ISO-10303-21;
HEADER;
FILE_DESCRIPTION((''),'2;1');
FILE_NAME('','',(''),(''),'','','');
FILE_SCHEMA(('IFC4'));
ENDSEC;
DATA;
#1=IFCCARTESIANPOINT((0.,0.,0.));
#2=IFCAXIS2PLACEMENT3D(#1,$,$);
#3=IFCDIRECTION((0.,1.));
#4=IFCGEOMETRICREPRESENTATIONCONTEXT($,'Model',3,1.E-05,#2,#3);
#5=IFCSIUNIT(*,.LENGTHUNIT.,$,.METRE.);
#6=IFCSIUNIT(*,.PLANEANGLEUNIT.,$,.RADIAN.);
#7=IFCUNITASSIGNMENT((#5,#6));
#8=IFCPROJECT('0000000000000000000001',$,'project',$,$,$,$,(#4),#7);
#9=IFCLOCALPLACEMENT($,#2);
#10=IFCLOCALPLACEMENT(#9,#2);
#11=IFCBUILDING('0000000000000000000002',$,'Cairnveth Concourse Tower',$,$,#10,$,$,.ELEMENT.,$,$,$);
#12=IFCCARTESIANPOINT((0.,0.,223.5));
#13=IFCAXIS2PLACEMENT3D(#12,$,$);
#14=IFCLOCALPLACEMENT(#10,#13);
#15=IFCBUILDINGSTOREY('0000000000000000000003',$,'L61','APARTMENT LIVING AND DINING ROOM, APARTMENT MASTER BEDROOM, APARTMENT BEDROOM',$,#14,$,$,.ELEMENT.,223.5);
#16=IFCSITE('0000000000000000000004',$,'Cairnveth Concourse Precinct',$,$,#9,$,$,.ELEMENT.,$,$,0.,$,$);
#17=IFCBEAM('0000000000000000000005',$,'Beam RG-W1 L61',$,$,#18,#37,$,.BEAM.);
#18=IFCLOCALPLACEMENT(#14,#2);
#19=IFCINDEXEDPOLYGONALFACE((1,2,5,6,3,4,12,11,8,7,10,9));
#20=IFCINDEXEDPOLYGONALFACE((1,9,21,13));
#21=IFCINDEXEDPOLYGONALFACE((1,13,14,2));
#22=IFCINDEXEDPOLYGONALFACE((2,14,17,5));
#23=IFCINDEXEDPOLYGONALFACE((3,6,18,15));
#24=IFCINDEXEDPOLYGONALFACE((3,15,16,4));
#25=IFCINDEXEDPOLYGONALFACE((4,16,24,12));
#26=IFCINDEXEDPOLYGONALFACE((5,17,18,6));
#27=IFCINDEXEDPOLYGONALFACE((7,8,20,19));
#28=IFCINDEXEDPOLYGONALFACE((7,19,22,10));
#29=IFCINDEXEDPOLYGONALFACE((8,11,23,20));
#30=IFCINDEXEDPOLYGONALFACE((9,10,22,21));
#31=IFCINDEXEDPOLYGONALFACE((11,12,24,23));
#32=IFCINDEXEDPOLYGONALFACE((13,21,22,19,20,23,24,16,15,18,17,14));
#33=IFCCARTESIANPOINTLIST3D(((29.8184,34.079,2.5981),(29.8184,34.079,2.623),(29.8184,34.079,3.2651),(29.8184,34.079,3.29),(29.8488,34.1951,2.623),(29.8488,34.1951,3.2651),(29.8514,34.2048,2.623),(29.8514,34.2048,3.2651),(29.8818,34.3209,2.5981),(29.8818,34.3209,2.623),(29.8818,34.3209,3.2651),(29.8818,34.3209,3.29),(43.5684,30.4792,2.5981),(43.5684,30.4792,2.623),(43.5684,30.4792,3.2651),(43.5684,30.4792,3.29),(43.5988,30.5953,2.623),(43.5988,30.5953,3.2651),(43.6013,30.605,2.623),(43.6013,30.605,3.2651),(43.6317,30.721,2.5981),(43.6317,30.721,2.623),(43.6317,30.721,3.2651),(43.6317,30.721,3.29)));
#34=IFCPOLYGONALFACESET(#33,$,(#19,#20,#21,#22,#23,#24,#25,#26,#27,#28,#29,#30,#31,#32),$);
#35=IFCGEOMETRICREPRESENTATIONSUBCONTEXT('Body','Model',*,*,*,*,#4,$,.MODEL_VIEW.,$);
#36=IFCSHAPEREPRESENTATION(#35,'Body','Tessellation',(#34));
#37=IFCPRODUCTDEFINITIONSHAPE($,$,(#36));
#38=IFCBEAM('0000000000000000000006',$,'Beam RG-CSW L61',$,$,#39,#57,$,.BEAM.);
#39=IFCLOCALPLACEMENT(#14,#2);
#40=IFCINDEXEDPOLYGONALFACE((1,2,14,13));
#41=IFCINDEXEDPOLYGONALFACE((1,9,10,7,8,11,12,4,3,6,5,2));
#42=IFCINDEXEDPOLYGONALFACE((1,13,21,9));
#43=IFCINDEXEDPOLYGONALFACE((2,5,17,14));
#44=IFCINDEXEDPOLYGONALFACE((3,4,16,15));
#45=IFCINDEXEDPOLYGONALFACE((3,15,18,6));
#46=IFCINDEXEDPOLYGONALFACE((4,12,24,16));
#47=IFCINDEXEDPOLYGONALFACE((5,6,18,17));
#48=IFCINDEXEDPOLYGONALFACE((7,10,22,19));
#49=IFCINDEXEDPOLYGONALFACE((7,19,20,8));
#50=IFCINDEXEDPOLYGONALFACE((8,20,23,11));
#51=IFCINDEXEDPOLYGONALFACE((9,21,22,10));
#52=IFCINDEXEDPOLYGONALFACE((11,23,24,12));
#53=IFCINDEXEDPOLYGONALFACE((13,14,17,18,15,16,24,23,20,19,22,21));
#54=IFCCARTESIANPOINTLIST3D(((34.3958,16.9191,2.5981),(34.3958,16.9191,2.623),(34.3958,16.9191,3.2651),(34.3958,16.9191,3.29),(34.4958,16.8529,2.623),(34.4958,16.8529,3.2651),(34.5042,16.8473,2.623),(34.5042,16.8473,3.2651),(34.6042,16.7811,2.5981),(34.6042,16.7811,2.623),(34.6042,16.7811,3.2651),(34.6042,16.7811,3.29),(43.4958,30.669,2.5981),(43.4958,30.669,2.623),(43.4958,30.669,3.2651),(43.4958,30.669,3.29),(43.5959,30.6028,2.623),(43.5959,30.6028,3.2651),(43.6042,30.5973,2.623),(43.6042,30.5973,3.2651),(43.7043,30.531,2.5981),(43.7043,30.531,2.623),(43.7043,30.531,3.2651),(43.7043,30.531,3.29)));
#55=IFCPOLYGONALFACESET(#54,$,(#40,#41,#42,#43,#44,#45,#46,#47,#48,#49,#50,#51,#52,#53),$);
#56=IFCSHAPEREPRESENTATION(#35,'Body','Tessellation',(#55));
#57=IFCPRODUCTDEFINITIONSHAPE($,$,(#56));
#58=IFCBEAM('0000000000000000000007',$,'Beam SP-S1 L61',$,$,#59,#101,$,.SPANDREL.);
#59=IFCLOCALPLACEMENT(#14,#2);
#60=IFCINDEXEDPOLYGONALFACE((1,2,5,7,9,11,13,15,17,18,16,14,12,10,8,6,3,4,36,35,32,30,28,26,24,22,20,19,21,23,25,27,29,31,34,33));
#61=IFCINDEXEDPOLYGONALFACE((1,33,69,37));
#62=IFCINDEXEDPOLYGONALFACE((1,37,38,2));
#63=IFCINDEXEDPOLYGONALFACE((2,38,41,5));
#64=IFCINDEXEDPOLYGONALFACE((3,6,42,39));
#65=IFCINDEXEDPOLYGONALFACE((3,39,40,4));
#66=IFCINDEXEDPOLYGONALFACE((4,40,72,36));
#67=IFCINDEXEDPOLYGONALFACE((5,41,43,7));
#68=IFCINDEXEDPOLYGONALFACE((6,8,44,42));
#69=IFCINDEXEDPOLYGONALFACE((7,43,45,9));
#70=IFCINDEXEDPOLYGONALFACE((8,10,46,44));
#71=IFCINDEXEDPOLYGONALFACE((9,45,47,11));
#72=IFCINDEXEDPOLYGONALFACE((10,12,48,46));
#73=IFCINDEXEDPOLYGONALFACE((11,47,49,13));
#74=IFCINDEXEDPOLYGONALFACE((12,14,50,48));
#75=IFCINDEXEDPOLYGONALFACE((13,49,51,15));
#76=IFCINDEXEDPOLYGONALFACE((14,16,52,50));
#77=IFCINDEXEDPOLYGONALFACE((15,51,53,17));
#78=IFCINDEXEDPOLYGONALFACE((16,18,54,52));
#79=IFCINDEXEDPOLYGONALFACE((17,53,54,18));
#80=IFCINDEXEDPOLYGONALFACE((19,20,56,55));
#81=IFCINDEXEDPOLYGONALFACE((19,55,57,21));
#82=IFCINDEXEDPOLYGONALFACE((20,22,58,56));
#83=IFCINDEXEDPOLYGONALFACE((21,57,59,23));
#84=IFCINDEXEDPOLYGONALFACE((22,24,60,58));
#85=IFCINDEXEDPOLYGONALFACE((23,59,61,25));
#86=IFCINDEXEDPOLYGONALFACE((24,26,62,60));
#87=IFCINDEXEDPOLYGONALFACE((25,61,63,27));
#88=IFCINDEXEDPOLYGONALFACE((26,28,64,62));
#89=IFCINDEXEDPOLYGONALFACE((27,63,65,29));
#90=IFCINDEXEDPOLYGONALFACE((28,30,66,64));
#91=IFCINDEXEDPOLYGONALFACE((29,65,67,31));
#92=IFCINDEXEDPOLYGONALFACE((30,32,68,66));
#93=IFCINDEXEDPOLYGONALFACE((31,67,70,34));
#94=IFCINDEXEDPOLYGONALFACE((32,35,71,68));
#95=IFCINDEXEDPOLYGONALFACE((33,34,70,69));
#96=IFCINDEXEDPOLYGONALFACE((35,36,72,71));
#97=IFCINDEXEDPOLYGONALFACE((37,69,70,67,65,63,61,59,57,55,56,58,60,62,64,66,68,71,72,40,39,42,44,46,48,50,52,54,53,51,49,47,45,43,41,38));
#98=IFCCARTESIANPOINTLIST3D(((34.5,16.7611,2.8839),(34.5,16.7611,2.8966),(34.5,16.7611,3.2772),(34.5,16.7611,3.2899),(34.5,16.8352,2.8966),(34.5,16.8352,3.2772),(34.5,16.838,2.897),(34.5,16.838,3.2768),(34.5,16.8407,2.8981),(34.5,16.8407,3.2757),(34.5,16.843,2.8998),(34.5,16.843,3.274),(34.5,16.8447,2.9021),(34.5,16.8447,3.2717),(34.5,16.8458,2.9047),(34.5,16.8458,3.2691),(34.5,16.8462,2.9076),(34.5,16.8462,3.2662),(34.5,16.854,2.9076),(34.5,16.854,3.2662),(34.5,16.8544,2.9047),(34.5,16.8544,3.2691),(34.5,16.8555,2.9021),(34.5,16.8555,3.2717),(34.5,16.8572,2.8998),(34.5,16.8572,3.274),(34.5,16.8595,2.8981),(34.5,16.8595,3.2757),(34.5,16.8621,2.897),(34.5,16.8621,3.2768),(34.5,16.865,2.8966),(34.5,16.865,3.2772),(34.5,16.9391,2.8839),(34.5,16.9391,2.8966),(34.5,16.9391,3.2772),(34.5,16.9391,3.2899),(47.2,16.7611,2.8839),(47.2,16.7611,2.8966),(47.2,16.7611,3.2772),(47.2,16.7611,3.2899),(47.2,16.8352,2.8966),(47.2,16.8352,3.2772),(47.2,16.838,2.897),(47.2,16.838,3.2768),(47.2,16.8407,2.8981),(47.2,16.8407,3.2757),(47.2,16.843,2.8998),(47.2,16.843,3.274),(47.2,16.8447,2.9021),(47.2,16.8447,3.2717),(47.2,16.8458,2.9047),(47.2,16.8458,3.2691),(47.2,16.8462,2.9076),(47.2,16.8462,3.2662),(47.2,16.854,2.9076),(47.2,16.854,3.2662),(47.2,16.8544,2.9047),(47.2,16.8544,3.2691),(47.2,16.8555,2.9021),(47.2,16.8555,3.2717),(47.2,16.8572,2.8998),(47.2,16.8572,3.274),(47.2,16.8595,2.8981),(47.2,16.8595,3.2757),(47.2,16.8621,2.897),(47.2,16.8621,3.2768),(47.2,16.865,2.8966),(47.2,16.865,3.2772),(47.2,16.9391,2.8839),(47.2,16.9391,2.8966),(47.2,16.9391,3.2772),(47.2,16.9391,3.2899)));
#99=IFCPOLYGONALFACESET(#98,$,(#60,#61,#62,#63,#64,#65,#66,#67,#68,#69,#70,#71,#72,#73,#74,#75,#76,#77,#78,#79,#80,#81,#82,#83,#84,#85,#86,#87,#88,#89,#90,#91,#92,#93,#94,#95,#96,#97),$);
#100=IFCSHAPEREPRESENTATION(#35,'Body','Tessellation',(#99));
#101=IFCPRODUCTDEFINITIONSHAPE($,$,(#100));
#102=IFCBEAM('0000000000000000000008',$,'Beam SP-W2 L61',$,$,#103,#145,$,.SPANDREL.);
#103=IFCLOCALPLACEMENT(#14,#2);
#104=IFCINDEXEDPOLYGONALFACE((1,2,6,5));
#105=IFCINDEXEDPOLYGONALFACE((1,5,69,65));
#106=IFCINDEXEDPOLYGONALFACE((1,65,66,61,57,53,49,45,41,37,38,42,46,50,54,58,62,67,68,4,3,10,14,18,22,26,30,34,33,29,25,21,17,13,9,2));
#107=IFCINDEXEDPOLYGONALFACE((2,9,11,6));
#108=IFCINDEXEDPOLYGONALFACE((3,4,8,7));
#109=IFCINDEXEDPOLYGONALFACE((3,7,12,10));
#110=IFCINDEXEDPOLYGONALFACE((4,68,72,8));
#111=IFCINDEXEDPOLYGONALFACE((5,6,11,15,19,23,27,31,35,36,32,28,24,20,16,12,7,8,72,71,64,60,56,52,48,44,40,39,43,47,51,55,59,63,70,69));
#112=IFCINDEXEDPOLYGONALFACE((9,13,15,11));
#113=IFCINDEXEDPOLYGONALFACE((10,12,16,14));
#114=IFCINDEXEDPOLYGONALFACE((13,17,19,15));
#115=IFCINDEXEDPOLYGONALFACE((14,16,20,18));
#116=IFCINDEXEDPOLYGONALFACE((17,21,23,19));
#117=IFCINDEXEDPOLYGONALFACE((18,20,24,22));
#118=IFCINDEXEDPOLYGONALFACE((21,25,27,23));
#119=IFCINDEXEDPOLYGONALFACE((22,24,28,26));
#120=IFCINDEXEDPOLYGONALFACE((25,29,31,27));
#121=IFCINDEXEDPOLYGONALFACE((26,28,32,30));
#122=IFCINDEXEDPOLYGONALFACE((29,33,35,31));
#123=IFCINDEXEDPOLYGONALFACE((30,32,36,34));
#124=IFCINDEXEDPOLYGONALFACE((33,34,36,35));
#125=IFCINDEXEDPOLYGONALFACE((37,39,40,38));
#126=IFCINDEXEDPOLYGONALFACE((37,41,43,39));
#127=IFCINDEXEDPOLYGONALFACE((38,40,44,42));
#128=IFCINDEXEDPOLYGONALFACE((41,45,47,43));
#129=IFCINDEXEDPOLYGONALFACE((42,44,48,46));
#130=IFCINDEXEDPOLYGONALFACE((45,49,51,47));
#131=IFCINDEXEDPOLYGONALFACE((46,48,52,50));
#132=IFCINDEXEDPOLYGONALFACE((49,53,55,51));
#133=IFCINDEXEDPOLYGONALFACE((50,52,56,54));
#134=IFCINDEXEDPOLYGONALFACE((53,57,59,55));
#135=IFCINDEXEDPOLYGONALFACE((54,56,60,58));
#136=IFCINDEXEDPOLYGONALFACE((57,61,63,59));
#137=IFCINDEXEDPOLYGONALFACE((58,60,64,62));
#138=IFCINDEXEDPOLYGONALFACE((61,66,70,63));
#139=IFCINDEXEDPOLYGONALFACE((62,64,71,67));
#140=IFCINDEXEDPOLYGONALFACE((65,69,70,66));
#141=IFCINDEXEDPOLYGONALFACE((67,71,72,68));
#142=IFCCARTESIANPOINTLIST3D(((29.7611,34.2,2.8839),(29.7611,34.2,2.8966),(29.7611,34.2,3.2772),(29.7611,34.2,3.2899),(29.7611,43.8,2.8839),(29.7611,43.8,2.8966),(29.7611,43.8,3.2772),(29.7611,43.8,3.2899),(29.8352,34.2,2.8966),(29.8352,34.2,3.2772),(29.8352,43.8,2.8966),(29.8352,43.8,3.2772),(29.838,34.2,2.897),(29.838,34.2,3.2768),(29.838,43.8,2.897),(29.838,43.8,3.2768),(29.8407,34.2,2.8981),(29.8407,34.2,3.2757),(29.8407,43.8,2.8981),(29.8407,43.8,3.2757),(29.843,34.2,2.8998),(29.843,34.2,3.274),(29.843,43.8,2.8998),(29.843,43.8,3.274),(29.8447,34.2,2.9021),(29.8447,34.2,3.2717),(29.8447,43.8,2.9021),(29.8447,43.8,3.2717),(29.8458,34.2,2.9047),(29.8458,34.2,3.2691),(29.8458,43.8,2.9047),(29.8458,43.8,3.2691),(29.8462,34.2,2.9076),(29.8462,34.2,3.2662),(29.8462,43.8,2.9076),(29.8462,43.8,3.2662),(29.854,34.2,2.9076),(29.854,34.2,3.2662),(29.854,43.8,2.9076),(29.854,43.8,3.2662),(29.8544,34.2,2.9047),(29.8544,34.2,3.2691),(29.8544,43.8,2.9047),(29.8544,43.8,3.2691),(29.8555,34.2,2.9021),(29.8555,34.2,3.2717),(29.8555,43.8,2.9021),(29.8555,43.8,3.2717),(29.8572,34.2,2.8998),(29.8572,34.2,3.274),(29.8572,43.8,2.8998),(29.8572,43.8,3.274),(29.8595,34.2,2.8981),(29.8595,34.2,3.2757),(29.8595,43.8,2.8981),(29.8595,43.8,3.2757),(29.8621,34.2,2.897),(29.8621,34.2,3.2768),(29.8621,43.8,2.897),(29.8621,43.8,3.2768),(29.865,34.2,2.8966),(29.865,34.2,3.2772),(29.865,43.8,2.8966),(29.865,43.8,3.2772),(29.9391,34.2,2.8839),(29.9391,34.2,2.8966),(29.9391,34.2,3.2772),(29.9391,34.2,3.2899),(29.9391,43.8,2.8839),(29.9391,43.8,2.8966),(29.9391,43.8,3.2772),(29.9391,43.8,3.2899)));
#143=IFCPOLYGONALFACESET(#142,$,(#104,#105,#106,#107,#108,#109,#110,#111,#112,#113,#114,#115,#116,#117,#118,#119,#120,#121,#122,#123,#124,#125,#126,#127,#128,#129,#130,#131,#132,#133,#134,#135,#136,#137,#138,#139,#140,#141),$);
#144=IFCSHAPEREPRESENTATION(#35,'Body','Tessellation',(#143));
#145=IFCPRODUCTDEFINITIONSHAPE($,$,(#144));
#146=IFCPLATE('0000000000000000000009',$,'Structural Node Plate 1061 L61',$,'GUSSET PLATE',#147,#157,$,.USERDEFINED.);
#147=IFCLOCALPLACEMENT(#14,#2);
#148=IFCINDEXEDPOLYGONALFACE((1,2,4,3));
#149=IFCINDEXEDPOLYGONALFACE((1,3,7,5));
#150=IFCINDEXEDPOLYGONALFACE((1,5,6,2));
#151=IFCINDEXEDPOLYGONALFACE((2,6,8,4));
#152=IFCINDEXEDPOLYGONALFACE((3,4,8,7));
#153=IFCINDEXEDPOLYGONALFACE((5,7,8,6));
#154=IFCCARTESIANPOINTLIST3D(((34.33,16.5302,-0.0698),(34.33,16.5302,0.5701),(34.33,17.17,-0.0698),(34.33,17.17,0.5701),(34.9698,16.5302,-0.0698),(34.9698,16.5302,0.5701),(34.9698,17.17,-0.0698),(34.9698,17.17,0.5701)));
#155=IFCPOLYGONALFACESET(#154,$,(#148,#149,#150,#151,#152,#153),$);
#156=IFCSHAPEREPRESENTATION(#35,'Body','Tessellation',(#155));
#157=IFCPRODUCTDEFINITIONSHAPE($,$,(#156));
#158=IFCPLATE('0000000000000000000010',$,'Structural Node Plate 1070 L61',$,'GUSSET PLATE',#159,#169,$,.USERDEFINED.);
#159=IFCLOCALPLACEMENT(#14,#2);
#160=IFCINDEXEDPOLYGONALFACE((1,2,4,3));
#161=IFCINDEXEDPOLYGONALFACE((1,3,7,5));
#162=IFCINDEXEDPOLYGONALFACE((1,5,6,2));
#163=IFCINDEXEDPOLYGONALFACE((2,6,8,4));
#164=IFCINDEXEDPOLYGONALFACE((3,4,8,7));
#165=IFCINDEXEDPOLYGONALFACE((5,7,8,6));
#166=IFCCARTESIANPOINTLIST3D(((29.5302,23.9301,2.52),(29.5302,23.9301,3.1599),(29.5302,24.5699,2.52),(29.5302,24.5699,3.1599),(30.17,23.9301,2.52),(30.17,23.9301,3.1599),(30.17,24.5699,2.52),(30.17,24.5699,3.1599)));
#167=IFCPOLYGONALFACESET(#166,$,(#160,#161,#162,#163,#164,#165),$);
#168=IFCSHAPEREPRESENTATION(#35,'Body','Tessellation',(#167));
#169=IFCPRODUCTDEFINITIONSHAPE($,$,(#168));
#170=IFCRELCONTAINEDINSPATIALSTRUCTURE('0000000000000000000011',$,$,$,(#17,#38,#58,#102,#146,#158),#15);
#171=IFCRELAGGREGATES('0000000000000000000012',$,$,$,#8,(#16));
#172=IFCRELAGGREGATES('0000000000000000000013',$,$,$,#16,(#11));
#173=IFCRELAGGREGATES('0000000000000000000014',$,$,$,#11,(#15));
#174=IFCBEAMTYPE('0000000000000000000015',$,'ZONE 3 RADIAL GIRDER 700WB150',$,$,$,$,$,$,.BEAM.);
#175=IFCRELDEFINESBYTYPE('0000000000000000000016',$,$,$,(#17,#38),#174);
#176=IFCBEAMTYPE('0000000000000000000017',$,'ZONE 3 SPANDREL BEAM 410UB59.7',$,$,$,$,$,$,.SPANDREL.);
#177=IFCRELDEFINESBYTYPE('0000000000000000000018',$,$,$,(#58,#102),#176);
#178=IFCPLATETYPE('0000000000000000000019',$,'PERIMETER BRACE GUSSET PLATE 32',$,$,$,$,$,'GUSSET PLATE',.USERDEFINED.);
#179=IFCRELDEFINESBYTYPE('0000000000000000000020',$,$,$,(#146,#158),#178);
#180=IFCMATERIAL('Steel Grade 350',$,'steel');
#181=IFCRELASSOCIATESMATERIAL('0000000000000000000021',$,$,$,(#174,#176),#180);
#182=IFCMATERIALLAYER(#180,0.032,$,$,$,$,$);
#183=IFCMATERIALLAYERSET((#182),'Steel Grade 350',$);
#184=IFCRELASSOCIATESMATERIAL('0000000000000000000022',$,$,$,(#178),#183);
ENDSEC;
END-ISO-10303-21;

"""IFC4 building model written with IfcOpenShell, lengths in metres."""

from ifc_helpers import new_model, si_unit, direction, frame, origin, origin_2d, place, context, subcontext, project, spatial, rectangle, i_section, extrude, material, layer, layer_set, material_profile, profile_set, type_object, element, save


model = new_model("IFC4")

# Units and contexts
model_context = context("Model", 3, precision=1e-05, world=origin(), true_north=direction((0.0, 1.0)))
body_context = subcontext(model_context, "Body", "Model", "MODEL_VIEW")
ifc_project = project(units=[si_unit("LENGTHUNIT", "METRE"), si_unit("PLANEANGLEUNIT", "RADIAN")], contexts=[model_context])

# Site, building, storey
site_placement = place(None, origin())
site = spatial("IfcSite", under=ifc_project, at=site_placement, Name="Cairnveth Concourse Precinct", CompositionType="ELEMENT", RefElevation=0.0)
building_placement = place(site_placement, origin())
building = spatial("IfcBuilding", under=site, at=building_placement, Name="Cairnveth Concourse Tower", CompositionType="ELEMENT")
storey_placement = place(building_placement, frame((0.0, 0.0, 223.5)))
storey = spatial("IfcBuildingStorey", under=building, at=storey_placement, Name="L61", Description="APARTMENT LIVING AND DINING ROOM, APARTMENT MASTER BEDROOM, APARTMENT BEDROOM", CompositionType="ELEMENT", Elevation=223.5)

# Shared definitions
ifc_material_1 = material(Name="Steel Grade 350", Category="steel")

# Beams
ifc_material_profile_1 = material_profile(ifc_material_1, i_section(OverallWidth=0.25, OverallDepth=0.6919, WebThickness=0.01, FlangeThickness=0.0249, at=origin_2d()), Name="700WB150")
ifc_profile_set_1 = profile_set([ifc_material_profile_1], Name="Steel Grade 350")
beam_type_1 = type_object("IfcBeamType", Name="ZONE 3 RADIAL GIRDER 700WB150", PredefinedType="BEAM", material=ifc_profile_set_1)
beam_1_placement = place(storey_placement, frame((29.8501, 34.2, 2.9441), z_axis=(0.967395, -0.253271, 0.0), x_axis=(0.253271, 0.967395, 0.0)))
element("IfcBeam", 1, at=beam_1_placement, inside=storey, type_object=beam_type_1, Name="Beam RG-W1 L61", PredefinedType="BEAM", context=body_context, shape_type="SweptSolid", body=[
    extrude(i_section(OverallWidth=0.25, OverallDepth=0.6919, WebThickness=0.01, FlangeThickness=0.0249, at=origin_2d()), origin(), (0.0, 0.0, 1.0), 14.2134),
])
beam_2_placement = place(storey_placement, frame((34.5, 16.8501, 2.9441), z_axis=(0.551902, 0.833909, 0.0), x_axis=(-0.833909, 0.551902, 0.0)))
element("IfcBeam", 2, at=beam_2_placement, inside=storey, type_object=beam_type_1, Name="Beam RG-CSW L61", PredefinedType="BEAM", context=body_context, shape_type="SweptSolid", body=[
    extrude(i_section(OverallWidth=0.25, OverallDepth=0.6919, WebThickness=0.01, FlangeThickness=0.0249, at=origin_2d()), origin(), (0.0, 0.0, 1.0), 16.4885),
])
ifc_material_profile_2 = material_profile(ifc_material_1, i_section(OverallWidth=0.178, OverallDepth=0.406, WebThickness=0.0078, FlangeThickness=0.0127, FilletRadius=0.011, at=origin_2d()), Name="410UB59.7")
ifc_profile_set_2 = profile_set([ifc_material_profile_2], Name="Steel Grade 350")
beam_type_2 = type_object("IfcBeamType", Name="ZONE 3 SPANDREL BEAM 410UB59.7", PredefinedType="SPANDREL", material=ifc_profile_set_2)
beam_3_placement = place(storey_placement, frame((34.5, 16.8501, 3.0869), z_axis=(1.0, 0.0, 0.0), x_axis=(0.0, 1.0, 0.0)))
element("IfcBeam", 3, at=beam_3_placement, inside=storey, type_object=beam_type_2, Name="Beam SP-S1 L61", PredefinedType="SPANDREL", context=body_context, shape_type="SweptSolid", body=[
    extrude(i_section(OverallWidth=0.178, OverallDepth=0.406, WebThickness=0.0078, FlangeThickness=0.0127, FilletRadius=0.011, at=origin_2d()), origin(), (0.0, 0.0, 1.0), 12.7),
])
beam_4_placement = place(storey_placement, frame((29.8501, 34.2, 3.0869), z_axis=(0.0, 1.0, 0.0), x_axis=(-1.0, 0.0, 0.0)))
element("IfcBeam", 4, at=beam_4_placement, inside=storey, type_object=beam_type_2, Name="Beam SP-W2 L61", PredefinedType="SPANDREL", context=body_context, shape_type="SweptSolid", body=[
    extrude(i_section(OverallWidth=0.178, OverallDepth=0.406, WebThickness=0.0078, FlangeThickness=0.0127, FilletRadius=0.011, at=origin_2d()), origin(), (0.0, 0.0, 1.0), 9.6001),
])

# Plates
ifc_layer_1 = layer(ifc_material_1, 0.032)
ifc_layer_set_1 = layer_set([ifc_layer_1], Name="Steel Grade 350")
plate_type = type_object("IfcPlateType", Name="PERIMETER BRACE GUSSET PLATE 32", ElementType="GUSSET PLATE", PredefinedType="USERDEFINED", material=ifc_layer_set_1)
for number, where, z_axis, x_axis, name in (
    (5, (34.6499, 16.8501, -0.0698), (0.0, 0.0, 1.0), (1.0, 0.0, 0.0), "Structural Node Plate 1061 L61"),
    (6, (29.8501, 24.25, 2.52), (0.0, 0.0, 1.0), (1.0, 0.0, 0.0), "Structural Node Plate 1070 L61"),
):
    element("IfcPlate", number, at=place(storey_placement, frame(where, z_axis=z_axis, x_axis=x_axis)), inside=storey, type_object=plate_type, Name=name, ObjectType="GUSSET PLATE", PredefinedType="USERDEFINED", context=body_context, shape_type="SweptSolid", body=[
        extrude(rectangle(XDim=0.6399, YDim=0.6399, at=origin_2d()), origin(), (0.0, 0.0, 1.0), 0.6399),
    ])

save(model, "model.ifc")
